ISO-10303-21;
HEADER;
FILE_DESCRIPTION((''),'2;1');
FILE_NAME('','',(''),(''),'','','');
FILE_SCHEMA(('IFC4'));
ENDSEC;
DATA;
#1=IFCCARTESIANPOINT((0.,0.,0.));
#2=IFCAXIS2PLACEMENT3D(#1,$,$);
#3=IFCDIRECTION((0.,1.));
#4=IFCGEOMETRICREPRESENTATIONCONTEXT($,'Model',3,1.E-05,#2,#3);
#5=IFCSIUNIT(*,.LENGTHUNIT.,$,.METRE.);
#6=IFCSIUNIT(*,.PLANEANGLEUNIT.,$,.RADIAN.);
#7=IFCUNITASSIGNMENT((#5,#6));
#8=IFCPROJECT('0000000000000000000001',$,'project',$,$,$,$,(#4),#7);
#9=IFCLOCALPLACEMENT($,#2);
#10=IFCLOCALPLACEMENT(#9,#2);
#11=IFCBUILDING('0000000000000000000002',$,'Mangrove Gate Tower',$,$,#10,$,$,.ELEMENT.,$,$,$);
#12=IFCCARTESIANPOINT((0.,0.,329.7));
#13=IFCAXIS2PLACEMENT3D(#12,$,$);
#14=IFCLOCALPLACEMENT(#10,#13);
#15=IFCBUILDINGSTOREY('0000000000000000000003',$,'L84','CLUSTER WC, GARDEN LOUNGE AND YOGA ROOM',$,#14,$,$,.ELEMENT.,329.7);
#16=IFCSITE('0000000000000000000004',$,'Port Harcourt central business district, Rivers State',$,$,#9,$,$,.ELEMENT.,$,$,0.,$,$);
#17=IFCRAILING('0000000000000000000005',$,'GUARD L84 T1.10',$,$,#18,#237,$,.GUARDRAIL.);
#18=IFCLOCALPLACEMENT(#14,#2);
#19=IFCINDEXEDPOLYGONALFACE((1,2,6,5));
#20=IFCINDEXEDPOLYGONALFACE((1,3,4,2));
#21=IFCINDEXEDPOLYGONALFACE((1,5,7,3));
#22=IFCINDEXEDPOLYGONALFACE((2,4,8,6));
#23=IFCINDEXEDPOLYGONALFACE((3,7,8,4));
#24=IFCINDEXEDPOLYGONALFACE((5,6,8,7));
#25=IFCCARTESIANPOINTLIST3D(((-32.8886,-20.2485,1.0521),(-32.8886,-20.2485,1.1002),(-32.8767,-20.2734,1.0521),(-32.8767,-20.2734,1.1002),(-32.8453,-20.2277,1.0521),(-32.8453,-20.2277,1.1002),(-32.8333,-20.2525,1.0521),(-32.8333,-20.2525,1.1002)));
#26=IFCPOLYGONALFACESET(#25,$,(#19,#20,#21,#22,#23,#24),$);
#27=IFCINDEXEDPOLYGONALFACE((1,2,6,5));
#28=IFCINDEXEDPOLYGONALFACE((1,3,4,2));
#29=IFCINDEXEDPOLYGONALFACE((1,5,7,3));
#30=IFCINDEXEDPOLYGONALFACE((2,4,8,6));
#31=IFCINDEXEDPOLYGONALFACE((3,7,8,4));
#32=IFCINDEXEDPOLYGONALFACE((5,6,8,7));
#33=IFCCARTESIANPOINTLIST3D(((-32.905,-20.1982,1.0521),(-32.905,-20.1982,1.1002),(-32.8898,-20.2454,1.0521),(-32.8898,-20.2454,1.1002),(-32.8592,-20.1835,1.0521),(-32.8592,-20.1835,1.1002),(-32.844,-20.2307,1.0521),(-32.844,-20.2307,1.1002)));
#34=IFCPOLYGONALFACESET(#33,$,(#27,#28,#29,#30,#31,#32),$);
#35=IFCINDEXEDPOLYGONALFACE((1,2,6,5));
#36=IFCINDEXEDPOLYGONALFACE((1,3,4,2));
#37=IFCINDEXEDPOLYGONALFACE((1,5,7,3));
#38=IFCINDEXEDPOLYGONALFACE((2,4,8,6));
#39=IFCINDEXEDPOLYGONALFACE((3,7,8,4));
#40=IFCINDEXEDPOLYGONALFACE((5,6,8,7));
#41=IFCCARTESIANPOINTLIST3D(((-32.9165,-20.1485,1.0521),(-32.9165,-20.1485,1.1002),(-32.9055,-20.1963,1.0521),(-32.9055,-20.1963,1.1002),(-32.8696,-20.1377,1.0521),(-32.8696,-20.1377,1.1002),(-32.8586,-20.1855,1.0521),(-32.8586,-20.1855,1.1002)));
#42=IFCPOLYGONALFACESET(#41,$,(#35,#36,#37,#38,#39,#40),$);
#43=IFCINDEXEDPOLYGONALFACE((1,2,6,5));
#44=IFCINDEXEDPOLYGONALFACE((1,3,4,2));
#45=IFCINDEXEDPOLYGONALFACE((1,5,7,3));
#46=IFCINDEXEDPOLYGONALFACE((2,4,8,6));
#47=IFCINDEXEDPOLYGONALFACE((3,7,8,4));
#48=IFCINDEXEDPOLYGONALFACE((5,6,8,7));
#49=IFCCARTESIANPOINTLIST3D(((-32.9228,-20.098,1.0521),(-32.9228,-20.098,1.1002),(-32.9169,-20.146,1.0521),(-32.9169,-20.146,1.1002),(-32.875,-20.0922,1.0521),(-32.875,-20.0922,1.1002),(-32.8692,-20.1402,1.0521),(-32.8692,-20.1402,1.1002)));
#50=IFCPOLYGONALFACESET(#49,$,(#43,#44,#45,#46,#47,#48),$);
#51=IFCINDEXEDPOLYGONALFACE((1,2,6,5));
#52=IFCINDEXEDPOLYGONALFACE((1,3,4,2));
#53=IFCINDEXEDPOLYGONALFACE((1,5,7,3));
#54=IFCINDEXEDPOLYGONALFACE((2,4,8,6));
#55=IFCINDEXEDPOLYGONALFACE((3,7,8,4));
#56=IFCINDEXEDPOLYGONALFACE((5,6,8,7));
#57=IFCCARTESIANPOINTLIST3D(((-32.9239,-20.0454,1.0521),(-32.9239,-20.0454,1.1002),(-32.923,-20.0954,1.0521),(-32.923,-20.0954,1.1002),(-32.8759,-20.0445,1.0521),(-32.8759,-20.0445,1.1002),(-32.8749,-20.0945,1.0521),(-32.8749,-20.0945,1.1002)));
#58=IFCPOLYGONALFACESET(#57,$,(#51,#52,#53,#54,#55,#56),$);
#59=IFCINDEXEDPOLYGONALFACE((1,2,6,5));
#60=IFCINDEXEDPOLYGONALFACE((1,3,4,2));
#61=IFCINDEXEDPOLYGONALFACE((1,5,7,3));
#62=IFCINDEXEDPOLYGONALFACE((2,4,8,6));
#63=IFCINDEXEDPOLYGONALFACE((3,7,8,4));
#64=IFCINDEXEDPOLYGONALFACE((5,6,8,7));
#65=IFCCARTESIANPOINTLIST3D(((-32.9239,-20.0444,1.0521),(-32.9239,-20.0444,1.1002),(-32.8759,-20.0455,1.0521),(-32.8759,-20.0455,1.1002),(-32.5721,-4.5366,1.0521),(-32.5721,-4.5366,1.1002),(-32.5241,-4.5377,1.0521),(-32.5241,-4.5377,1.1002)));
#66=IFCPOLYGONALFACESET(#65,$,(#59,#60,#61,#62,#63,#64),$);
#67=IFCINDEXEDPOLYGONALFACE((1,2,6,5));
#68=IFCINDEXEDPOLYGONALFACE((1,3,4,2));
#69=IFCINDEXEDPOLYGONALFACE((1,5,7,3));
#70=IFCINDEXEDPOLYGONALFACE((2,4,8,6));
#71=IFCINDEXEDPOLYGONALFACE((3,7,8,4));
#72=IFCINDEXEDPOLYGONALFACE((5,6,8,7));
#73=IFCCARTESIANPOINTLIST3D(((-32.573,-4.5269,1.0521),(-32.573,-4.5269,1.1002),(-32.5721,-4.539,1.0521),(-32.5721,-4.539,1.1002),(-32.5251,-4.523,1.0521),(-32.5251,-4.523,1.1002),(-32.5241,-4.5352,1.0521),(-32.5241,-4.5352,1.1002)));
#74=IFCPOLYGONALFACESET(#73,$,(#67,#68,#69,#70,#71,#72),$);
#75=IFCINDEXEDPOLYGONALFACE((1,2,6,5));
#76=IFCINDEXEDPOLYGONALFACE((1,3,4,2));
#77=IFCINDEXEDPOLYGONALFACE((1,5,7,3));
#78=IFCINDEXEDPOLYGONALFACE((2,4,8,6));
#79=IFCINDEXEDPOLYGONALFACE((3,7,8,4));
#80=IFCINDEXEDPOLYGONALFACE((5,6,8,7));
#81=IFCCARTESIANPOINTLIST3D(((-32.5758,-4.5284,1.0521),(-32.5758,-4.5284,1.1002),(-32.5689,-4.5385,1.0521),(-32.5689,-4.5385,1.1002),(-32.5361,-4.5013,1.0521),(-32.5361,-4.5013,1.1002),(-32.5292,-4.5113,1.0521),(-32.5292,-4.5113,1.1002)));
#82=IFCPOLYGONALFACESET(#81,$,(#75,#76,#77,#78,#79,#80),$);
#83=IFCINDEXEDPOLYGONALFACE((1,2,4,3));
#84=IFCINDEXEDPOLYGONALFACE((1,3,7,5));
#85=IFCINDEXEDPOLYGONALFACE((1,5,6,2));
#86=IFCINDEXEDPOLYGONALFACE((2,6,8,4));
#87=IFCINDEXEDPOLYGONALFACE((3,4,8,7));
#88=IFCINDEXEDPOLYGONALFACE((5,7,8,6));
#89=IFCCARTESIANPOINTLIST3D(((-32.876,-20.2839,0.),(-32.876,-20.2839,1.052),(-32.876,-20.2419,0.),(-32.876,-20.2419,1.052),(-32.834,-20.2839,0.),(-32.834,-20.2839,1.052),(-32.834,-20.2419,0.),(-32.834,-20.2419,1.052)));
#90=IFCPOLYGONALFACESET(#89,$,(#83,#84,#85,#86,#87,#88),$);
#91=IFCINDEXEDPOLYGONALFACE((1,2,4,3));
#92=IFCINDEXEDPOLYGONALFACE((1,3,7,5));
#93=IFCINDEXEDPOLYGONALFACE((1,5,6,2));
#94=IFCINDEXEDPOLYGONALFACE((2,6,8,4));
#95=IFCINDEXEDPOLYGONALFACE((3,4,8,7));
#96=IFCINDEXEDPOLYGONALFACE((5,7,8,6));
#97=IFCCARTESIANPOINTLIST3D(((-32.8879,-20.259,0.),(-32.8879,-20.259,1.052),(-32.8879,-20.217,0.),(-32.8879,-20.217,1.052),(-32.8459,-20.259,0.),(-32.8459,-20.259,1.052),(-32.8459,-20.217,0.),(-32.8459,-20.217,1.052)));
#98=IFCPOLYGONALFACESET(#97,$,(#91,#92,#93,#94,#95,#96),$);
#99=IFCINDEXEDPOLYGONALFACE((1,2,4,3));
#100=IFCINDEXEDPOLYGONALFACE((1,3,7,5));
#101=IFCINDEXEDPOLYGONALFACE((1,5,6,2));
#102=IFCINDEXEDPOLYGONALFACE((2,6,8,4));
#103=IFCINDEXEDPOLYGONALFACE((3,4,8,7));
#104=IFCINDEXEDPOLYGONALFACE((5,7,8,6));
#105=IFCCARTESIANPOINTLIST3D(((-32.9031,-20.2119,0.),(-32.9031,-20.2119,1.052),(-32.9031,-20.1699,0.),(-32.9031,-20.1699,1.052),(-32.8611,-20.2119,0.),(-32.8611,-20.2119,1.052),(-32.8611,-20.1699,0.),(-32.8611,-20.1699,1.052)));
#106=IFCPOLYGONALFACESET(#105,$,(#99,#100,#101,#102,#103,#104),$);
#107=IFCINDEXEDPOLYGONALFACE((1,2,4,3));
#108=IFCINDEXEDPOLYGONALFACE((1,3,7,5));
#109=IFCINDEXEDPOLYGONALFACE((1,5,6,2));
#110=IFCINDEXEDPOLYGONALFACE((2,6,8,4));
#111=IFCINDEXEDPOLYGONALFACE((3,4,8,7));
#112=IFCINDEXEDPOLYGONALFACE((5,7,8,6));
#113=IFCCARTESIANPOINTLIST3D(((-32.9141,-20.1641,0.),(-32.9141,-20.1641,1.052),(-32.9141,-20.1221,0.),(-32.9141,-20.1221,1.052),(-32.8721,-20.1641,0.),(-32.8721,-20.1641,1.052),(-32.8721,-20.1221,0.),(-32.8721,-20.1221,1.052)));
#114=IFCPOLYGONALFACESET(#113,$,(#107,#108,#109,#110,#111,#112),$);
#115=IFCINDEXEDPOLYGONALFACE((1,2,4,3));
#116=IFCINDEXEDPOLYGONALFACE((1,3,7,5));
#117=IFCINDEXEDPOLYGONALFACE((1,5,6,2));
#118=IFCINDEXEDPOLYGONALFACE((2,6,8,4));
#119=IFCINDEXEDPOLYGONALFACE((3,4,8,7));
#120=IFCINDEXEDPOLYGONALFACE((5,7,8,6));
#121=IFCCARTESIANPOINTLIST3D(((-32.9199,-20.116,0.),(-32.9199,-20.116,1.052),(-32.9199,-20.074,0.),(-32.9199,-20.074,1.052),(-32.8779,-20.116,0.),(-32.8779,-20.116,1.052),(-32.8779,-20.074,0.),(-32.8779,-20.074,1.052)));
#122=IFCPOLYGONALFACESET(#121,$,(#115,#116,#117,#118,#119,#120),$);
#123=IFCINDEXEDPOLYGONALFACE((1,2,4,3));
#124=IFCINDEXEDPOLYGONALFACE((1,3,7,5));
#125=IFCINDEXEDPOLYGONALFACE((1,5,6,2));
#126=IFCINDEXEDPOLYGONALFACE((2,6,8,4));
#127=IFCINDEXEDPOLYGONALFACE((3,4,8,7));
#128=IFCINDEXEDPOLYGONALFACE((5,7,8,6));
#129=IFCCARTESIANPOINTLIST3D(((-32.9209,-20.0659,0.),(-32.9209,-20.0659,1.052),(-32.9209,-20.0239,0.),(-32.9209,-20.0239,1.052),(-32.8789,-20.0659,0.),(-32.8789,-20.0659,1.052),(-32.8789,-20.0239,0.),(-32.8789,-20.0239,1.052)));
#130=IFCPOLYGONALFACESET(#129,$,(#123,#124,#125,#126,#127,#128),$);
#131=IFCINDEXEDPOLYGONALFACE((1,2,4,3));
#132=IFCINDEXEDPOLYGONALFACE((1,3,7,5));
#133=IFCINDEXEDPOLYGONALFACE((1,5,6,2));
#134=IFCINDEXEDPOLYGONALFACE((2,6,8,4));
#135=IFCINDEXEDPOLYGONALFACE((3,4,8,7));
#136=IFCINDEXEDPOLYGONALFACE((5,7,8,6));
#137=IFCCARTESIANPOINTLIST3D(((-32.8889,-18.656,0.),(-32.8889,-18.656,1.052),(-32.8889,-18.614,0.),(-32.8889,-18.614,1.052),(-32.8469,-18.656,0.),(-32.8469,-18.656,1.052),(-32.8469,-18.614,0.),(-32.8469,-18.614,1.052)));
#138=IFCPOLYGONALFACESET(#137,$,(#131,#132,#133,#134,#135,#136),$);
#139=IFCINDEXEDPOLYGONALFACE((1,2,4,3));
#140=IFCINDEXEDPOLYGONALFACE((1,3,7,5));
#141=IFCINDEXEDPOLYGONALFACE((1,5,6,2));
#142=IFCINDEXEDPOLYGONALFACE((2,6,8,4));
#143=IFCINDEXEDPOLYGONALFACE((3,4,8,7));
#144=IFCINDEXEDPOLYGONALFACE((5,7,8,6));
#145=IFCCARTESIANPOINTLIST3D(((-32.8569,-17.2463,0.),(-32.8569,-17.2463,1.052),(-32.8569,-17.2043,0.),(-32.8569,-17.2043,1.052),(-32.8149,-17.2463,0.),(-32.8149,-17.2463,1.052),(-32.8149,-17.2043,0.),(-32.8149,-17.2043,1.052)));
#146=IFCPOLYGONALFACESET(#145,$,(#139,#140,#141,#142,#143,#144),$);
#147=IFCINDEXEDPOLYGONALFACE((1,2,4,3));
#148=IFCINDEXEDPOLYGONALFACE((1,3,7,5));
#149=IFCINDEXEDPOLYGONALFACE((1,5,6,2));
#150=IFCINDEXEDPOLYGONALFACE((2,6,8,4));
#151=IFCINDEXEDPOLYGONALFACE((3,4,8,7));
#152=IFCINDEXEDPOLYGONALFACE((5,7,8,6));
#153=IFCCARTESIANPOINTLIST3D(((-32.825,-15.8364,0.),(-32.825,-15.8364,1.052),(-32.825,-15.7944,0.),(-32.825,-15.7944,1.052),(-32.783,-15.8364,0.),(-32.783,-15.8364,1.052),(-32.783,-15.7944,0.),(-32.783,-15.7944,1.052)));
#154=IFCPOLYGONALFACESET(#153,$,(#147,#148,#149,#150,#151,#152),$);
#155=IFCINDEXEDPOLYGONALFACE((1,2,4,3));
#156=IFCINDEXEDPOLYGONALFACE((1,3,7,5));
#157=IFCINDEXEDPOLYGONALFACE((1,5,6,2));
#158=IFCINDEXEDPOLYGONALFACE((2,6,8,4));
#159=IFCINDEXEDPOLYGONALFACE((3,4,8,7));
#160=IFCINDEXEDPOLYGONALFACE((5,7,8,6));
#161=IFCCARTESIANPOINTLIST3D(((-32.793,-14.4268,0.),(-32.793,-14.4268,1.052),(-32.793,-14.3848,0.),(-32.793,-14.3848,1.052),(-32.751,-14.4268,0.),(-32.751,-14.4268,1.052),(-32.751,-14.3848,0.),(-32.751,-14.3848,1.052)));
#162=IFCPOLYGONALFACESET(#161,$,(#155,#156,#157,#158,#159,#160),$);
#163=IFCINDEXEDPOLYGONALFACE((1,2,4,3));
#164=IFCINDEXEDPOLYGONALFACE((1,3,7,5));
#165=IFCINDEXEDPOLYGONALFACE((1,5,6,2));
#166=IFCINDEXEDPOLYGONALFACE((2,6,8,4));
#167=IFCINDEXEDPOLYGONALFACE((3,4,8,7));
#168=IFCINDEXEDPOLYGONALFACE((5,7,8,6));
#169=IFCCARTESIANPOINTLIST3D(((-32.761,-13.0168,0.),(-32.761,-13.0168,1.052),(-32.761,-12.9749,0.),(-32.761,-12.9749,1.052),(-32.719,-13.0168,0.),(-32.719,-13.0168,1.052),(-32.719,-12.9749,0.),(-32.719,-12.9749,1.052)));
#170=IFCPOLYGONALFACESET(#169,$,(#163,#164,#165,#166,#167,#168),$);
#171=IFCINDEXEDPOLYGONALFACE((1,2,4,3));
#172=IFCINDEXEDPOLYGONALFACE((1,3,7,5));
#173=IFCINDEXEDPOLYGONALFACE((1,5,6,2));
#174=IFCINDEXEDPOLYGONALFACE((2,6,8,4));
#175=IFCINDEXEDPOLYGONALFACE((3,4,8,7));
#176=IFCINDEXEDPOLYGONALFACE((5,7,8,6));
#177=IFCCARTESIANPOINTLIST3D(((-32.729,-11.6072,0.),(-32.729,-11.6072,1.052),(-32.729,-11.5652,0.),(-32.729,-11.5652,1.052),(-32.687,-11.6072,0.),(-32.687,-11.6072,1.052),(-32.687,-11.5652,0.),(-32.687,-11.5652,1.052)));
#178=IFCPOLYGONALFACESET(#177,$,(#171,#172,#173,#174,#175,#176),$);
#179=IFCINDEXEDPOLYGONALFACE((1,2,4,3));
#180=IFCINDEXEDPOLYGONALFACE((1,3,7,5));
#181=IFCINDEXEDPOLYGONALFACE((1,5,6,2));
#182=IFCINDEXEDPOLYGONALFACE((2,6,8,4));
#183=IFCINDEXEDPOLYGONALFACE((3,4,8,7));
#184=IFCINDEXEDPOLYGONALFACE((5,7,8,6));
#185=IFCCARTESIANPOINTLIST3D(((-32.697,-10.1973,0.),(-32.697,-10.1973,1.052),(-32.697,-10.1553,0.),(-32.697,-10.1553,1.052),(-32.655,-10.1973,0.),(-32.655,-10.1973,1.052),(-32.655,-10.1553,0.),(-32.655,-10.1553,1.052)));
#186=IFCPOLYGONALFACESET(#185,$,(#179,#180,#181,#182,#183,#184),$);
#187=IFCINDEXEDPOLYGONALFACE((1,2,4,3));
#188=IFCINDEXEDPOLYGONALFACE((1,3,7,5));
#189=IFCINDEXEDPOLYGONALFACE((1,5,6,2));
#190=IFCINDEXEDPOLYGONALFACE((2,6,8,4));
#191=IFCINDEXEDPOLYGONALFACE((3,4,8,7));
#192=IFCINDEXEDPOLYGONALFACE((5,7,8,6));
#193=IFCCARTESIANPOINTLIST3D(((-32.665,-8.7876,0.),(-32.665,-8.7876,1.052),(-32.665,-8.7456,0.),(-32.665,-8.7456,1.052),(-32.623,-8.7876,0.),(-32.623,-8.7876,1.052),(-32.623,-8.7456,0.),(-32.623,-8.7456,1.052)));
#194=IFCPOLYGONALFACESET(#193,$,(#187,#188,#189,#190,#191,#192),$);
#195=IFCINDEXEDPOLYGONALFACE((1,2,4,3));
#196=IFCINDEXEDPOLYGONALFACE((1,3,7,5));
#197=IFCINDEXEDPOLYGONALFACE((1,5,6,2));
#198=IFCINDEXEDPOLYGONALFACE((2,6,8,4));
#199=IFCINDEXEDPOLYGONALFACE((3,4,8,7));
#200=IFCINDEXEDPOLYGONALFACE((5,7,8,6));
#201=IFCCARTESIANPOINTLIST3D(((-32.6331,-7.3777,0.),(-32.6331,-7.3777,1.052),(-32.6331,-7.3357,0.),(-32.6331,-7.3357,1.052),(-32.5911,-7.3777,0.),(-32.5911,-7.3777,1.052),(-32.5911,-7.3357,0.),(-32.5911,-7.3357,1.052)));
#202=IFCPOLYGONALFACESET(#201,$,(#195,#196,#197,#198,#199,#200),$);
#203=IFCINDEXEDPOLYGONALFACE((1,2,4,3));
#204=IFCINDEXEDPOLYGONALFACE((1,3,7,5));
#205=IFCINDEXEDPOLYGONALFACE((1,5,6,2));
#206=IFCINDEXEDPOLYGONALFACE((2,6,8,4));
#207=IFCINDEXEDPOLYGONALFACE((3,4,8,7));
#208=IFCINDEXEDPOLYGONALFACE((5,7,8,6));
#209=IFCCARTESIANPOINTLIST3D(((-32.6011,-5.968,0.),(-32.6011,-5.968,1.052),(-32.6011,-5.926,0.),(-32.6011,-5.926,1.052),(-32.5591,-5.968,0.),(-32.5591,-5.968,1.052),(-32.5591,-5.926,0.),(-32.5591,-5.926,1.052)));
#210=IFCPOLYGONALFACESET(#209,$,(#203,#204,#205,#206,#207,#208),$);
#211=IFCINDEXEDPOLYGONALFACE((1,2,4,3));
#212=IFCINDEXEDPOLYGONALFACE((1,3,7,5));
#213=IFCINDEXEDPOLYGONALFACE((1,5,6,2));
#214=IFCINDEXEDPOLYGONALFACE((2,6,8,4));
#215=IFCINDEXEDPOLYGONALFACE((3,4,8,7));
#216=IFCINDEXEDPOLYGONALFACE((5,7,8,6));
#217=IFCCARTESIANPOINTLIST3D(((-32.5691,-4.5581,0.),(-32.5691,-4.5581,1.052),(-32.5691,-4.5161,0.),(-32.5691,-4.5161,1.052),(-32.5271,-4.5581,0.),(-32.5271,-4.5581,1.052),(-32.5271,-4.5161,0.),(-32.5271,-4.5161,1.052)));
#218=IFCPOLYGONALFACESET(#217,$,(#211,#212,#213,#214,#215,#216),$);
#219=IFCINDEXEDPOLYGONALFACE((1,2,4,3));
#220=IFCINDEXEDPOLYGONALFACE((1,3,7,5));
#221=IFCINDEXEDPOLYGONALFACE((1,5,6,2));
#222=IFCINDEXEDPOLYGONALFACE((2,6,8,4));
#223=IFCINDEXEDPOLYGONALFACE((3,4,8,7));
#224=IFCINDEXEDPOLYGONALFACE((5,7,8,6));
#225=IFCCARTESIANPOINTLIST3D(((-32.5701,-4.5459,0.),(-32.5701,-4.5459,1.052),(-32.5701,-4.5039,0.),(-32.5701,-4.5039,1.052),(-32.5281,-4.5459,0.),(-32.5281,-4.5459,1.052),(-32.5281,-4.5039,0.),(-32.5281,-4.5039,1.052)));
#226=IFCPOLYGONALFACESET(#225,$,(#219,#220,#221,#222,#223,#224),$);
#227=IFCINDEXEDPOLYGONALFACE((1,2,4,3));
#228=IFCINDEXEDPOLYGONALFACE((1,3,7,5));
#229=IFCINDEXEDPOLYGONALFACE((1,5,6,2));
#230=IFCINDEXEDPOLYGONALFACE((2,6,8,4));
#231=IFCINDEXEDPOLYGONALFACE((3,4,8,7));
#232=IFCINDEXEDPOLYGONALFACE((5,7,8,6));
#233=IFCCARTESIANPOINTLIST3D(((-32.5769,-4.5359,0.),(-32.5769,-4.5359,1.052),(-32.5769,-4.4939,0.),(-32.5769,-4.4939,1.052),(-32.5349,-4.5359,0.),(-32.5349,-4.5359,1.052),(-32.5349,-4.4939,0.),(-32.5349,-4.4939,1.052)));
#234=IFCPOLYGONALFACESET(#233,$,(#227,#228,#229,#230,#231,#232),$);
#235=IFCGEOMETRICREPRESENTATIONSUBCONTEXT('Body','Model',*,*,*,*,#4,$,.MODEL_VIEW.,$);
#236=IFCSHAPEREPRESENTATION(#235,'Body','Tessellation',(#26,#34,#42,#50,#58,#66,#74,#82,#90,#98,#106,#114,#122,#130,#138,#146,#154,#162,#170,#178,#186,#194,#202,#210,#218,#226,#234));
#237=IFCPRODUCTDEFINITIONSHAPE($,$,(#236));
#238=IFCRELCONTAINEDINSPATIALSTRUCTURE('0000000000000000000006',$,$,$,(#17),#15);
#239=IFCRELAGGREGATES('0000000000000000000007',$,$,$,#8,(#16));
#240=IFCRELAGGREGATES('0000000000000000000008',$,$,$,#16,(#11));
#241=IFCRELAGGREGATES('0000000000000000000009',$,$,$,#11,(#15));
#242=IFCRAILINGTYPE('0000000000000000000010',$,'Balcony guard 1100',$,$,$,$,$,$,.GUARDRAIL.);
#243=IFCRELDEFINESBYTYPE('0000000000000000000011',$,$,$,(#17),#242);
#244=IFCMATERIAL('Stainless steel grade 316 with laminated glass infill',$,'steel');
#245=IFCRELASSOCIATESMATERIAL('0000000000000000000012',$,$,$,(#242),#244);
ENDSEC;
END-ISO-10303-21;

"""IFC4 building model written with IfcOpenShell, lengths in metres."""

from ifc_helpers import new_model, si_unit, direction, frame, origin, origin_2d, place, context, subcontext, project, spatial, rectangle, extrude, material, type_object, element, save


model = new_model("IFC4")

# Units and contexts
model_context = context("Model", 3, precision=1e-05, world=origin(), true_north=direction((0.0, 1.0)))
body_context = subcontext(model_context, "Body", "Model", "MODEL_VIEW")
ifc_project = project(units=[si_unit("LENGTHUNIT", "METRE"), si_unit("PLANEANGLEUNIT", "RADIAN")], contexts=[model_context])

# Site, building, storey
site_placement = place(None, origin())
site = spatial("IfcSite", under=ifc_project, at=site_placement, Name="Port Harcourt central business district, Rivers State", CompositionType="ELEMENT", RefElevation=0.0)
building_placement = place(site_placement, origin())
building = spatial("IfcBuilding", under=site, at=building_placement, Name="Mangrove Gate Tower", CompositionType="ELEMENT")
storey_placement = place(building_placement, frame((0.0, 0.0, 329.7)))
storey = spatial("IfcBuildingStorey", under=building, at=storey_placement, Name="L84", Description="CLUSTER WC, GARDEN LOUNGE AND YOGA ROOM", CompositionType="ELEMENT", Elevation=329.7)

# Railing
ifc_material_1 = material(Name="Stainless steel grade 316 with laminated glass infill", Category="steel")
railing_type = type_object("IfcRailingType", Name="Balcony guard 1100", PredefinedType="GUARDRAIL", material=ifc_material_1)
railing_1_placement = place(storey_placement, frame((-32.855, -20.2629, 0.0)))
element("IfcRailing", 1, at=railing_1_placement, inside=storey, type_object=railing_type, Name="GUARD L84 T1.10", PredefinedType="GUARDRAIL", context=body_context, shape_type="SweptSolid", body=[
    extrude(rectangle(XDim=0.0481, YDim=0.0481, at=origin_2d()), frame((0.0, 0.0, 1.0762), z_axis=(-0.433018, 0.901385, 0.0), x_axis=(-0.901385, -0.433018, 0.0)), (0.0, 0.0, 1.0), 0.0276),
    extrude(rectangle(XDim=0.0481, YDim=0.0481, at=origin_2d()), frame((-0.012, 0.0249, 1.0762), z_axis=(-0.305849, 0.95208, 0.0), x_axis=(-0.95208, -0.305849, 0.0)), (0.0, 0.0, 1.0), 0.0496),
    extrude(rectangle(XDim=0.0481, YDim=0.0481, at=origin_2d()), frame((-0.0271, 0.072, 1.0762), z_axis=(-0.22377, 0.974642, 0.0), x_axis=(-0.974642, -0.22377, 0.0)), (0.0, 0.0, 1.0), 0.0491),
    extrude(rectangle(XDim=0.0481, YDim=0.0481, at=origin_2d()), frame((-0.0381, 0.1199, 1.0762), z_axis=(-0.120933, 0.992661, 0.0), x_axis=(-0.992661, -0.120933, 0.0)), (0.0, 0.0, 1.0), 0.0483),
    extrude(rectangle(XDim=0.0481, YDim=0.0481, at=origin_2d()), frame((-0.0439, 0.168, 1.0762), z_axis=(-0.019508, 0.99981, 0.0), x_axis=(-0.99981, -0.019508, 0.0)), (0.0, 0.0, 1.0), 0.05),
    extrude(rectangle(XDim=0.0481, YDim=0.0481, at=origin_2d()), frame((-0.0449, 0.218, 1.0762), z_axis=(0.02268, 0.999743, 0.0), x_axis=(-0.999743, 0.02268, 0.0)), (0.0, 0.0, 1.0), 15.5117),
    extrude(rectangle(XDim=0.0481, YDim=0.0481, at=origin_2d()), frame((0.3069, 15.7258, 1.0762), z_axis=(-0.079745, 0.996815, 0.0), x_axis=(-0.996815, -0.079745, 0.0)), (0.0, 0.0, 1.0), 0.0122),
    extrude(rectangle(XDim=0.0481, YDim=0.0481, at=origin_2d()), frame((0.3059, 15.738, 1.0762), z_axis=(-0.563962, 0.825801, 0.0), x_axis=(-0.825801, -0.563962, 0.0)), (0.0, 0.0, 1.0), 0.0122),
    extrude(rectangle(XDim=0.042, YDim=0.042, at=origin_2d()), origin(), (0.0, 0.0, 1.0), 1.052),
    extrude(rectangle(XDim=0.042, YDim=0.042, at=origin_2d()), frame((-0.012, 0.0249, 0.0)), (0.0, 0.0, 1.0), 1.052),
    extrude(rectangle(XDim=0.042, YDim=0.042, at=origin_2d()), frame((-0.0271, 0.072, 0.0)), (0.0, 0.0, 1.0), 1.052),
    extrude(rectangle(XDim=0.042, YDim=0.042, at=origin_2d()), frame((-0.0381, 0.1199, 0.0)), (0.0, 0.0, 1.0), 1.052),
    extrude(rectangle(XDim=0.042, YDim=0.042, at=origin_2d()), frame((-0.0439, 0.168, 0.0)), (0.0, 0.0, 1.0), 1.052),
    extrude(rectangle(XDim=0.042, YDim=0.042, at=origin_2d()), frame((-0.0449, 0.218, 0.0)), (0.0, 0.0, 1.0), 1.052),
    extrude(rectangle(XDim=0.042, YDim=0.042, at=origin_2d()), frame((-0.0129, 1.6279, 0.0)), (0.0, 0.0, 1.0), 1.052),
    extrude(rectangle(XDim=0.042, YDim=0.042, at=origin_2d()), frame((0.019, 3.0376, 0.0)), (0.0, 0.0, 1.0), 1.052),
    extrude(rectangle(XDim=0.042, YDim=0.042, at=origin_2d()), frame((0.051, 4.4475, 0.0)), (0.0, 0.0, 1.0), 1.052),
    extrude(rectangle(XDim=0.042, YDim=0.042, at=origin_2d()), frame((0.083, 5.8572, 0.0)), (0.0, 0.0, 1.0), 1.052),
    extrude(rectangle(XDim=0.042, YDim=0.042, at=origin_2d()), frame((0.115, 7.2671, 0.0)), (0.0, 0.0, 1.0), 1.052),
    extrude(rectangle(XDim=0.042, YDim=0.042, at=origin_2d()), frame((0.147, 8.6768, 0.0)), (0.0, 0.0, 1.0), 1.052),
    extrude(rectangle(XDim=0.042, YDim=0.042, at=origin_2d()), frame((0.179, 10.0867, 0.0)), (0.0, 0.0, 1.0), 1.052),
    extrude(rectangle(XDim=0.042, YDim=0.042, at=origin_2d()), frame((0.2109, 11.4963, 0.0)), (0.0, 0.0, 1.0), 1.052),
    extrude(rectangle(XDim=0.042, YDim=0.042, at=origin_2d()), frame((0.2429, 12.9062, 0.0)), (0.0, 0.0, 1.0), 1.052),
    extrude(rectangle(XDim=0.042, YDim=0.042, at=origin_2d()), frame((0.2749, 14.3159, 0.0)), (0.0, 0.0, 1.0), 1.052),
    extrude(rectangle(XDim=0.042, YDim=0.042, at=origin_2d()), frame((0.3069, 15.7258, 0.0)), (0.0, 0.0, 1.0), 1.052),
    extrude(rectangle(XDim=0.042, YDim=0.042, at=origin_2d()), frame((0.3059, 15.738, 0.0)), (0.0, 0.0, 1.0), 1.052),
    extrude(rectangle(XDim=0.042, YDim=0.042, at=origin_2d()), frame((0.2991, 15.748, 0.0)), (0.0, 0.0, 1.0), 1.052),
])

save(model, "model.ifc")
